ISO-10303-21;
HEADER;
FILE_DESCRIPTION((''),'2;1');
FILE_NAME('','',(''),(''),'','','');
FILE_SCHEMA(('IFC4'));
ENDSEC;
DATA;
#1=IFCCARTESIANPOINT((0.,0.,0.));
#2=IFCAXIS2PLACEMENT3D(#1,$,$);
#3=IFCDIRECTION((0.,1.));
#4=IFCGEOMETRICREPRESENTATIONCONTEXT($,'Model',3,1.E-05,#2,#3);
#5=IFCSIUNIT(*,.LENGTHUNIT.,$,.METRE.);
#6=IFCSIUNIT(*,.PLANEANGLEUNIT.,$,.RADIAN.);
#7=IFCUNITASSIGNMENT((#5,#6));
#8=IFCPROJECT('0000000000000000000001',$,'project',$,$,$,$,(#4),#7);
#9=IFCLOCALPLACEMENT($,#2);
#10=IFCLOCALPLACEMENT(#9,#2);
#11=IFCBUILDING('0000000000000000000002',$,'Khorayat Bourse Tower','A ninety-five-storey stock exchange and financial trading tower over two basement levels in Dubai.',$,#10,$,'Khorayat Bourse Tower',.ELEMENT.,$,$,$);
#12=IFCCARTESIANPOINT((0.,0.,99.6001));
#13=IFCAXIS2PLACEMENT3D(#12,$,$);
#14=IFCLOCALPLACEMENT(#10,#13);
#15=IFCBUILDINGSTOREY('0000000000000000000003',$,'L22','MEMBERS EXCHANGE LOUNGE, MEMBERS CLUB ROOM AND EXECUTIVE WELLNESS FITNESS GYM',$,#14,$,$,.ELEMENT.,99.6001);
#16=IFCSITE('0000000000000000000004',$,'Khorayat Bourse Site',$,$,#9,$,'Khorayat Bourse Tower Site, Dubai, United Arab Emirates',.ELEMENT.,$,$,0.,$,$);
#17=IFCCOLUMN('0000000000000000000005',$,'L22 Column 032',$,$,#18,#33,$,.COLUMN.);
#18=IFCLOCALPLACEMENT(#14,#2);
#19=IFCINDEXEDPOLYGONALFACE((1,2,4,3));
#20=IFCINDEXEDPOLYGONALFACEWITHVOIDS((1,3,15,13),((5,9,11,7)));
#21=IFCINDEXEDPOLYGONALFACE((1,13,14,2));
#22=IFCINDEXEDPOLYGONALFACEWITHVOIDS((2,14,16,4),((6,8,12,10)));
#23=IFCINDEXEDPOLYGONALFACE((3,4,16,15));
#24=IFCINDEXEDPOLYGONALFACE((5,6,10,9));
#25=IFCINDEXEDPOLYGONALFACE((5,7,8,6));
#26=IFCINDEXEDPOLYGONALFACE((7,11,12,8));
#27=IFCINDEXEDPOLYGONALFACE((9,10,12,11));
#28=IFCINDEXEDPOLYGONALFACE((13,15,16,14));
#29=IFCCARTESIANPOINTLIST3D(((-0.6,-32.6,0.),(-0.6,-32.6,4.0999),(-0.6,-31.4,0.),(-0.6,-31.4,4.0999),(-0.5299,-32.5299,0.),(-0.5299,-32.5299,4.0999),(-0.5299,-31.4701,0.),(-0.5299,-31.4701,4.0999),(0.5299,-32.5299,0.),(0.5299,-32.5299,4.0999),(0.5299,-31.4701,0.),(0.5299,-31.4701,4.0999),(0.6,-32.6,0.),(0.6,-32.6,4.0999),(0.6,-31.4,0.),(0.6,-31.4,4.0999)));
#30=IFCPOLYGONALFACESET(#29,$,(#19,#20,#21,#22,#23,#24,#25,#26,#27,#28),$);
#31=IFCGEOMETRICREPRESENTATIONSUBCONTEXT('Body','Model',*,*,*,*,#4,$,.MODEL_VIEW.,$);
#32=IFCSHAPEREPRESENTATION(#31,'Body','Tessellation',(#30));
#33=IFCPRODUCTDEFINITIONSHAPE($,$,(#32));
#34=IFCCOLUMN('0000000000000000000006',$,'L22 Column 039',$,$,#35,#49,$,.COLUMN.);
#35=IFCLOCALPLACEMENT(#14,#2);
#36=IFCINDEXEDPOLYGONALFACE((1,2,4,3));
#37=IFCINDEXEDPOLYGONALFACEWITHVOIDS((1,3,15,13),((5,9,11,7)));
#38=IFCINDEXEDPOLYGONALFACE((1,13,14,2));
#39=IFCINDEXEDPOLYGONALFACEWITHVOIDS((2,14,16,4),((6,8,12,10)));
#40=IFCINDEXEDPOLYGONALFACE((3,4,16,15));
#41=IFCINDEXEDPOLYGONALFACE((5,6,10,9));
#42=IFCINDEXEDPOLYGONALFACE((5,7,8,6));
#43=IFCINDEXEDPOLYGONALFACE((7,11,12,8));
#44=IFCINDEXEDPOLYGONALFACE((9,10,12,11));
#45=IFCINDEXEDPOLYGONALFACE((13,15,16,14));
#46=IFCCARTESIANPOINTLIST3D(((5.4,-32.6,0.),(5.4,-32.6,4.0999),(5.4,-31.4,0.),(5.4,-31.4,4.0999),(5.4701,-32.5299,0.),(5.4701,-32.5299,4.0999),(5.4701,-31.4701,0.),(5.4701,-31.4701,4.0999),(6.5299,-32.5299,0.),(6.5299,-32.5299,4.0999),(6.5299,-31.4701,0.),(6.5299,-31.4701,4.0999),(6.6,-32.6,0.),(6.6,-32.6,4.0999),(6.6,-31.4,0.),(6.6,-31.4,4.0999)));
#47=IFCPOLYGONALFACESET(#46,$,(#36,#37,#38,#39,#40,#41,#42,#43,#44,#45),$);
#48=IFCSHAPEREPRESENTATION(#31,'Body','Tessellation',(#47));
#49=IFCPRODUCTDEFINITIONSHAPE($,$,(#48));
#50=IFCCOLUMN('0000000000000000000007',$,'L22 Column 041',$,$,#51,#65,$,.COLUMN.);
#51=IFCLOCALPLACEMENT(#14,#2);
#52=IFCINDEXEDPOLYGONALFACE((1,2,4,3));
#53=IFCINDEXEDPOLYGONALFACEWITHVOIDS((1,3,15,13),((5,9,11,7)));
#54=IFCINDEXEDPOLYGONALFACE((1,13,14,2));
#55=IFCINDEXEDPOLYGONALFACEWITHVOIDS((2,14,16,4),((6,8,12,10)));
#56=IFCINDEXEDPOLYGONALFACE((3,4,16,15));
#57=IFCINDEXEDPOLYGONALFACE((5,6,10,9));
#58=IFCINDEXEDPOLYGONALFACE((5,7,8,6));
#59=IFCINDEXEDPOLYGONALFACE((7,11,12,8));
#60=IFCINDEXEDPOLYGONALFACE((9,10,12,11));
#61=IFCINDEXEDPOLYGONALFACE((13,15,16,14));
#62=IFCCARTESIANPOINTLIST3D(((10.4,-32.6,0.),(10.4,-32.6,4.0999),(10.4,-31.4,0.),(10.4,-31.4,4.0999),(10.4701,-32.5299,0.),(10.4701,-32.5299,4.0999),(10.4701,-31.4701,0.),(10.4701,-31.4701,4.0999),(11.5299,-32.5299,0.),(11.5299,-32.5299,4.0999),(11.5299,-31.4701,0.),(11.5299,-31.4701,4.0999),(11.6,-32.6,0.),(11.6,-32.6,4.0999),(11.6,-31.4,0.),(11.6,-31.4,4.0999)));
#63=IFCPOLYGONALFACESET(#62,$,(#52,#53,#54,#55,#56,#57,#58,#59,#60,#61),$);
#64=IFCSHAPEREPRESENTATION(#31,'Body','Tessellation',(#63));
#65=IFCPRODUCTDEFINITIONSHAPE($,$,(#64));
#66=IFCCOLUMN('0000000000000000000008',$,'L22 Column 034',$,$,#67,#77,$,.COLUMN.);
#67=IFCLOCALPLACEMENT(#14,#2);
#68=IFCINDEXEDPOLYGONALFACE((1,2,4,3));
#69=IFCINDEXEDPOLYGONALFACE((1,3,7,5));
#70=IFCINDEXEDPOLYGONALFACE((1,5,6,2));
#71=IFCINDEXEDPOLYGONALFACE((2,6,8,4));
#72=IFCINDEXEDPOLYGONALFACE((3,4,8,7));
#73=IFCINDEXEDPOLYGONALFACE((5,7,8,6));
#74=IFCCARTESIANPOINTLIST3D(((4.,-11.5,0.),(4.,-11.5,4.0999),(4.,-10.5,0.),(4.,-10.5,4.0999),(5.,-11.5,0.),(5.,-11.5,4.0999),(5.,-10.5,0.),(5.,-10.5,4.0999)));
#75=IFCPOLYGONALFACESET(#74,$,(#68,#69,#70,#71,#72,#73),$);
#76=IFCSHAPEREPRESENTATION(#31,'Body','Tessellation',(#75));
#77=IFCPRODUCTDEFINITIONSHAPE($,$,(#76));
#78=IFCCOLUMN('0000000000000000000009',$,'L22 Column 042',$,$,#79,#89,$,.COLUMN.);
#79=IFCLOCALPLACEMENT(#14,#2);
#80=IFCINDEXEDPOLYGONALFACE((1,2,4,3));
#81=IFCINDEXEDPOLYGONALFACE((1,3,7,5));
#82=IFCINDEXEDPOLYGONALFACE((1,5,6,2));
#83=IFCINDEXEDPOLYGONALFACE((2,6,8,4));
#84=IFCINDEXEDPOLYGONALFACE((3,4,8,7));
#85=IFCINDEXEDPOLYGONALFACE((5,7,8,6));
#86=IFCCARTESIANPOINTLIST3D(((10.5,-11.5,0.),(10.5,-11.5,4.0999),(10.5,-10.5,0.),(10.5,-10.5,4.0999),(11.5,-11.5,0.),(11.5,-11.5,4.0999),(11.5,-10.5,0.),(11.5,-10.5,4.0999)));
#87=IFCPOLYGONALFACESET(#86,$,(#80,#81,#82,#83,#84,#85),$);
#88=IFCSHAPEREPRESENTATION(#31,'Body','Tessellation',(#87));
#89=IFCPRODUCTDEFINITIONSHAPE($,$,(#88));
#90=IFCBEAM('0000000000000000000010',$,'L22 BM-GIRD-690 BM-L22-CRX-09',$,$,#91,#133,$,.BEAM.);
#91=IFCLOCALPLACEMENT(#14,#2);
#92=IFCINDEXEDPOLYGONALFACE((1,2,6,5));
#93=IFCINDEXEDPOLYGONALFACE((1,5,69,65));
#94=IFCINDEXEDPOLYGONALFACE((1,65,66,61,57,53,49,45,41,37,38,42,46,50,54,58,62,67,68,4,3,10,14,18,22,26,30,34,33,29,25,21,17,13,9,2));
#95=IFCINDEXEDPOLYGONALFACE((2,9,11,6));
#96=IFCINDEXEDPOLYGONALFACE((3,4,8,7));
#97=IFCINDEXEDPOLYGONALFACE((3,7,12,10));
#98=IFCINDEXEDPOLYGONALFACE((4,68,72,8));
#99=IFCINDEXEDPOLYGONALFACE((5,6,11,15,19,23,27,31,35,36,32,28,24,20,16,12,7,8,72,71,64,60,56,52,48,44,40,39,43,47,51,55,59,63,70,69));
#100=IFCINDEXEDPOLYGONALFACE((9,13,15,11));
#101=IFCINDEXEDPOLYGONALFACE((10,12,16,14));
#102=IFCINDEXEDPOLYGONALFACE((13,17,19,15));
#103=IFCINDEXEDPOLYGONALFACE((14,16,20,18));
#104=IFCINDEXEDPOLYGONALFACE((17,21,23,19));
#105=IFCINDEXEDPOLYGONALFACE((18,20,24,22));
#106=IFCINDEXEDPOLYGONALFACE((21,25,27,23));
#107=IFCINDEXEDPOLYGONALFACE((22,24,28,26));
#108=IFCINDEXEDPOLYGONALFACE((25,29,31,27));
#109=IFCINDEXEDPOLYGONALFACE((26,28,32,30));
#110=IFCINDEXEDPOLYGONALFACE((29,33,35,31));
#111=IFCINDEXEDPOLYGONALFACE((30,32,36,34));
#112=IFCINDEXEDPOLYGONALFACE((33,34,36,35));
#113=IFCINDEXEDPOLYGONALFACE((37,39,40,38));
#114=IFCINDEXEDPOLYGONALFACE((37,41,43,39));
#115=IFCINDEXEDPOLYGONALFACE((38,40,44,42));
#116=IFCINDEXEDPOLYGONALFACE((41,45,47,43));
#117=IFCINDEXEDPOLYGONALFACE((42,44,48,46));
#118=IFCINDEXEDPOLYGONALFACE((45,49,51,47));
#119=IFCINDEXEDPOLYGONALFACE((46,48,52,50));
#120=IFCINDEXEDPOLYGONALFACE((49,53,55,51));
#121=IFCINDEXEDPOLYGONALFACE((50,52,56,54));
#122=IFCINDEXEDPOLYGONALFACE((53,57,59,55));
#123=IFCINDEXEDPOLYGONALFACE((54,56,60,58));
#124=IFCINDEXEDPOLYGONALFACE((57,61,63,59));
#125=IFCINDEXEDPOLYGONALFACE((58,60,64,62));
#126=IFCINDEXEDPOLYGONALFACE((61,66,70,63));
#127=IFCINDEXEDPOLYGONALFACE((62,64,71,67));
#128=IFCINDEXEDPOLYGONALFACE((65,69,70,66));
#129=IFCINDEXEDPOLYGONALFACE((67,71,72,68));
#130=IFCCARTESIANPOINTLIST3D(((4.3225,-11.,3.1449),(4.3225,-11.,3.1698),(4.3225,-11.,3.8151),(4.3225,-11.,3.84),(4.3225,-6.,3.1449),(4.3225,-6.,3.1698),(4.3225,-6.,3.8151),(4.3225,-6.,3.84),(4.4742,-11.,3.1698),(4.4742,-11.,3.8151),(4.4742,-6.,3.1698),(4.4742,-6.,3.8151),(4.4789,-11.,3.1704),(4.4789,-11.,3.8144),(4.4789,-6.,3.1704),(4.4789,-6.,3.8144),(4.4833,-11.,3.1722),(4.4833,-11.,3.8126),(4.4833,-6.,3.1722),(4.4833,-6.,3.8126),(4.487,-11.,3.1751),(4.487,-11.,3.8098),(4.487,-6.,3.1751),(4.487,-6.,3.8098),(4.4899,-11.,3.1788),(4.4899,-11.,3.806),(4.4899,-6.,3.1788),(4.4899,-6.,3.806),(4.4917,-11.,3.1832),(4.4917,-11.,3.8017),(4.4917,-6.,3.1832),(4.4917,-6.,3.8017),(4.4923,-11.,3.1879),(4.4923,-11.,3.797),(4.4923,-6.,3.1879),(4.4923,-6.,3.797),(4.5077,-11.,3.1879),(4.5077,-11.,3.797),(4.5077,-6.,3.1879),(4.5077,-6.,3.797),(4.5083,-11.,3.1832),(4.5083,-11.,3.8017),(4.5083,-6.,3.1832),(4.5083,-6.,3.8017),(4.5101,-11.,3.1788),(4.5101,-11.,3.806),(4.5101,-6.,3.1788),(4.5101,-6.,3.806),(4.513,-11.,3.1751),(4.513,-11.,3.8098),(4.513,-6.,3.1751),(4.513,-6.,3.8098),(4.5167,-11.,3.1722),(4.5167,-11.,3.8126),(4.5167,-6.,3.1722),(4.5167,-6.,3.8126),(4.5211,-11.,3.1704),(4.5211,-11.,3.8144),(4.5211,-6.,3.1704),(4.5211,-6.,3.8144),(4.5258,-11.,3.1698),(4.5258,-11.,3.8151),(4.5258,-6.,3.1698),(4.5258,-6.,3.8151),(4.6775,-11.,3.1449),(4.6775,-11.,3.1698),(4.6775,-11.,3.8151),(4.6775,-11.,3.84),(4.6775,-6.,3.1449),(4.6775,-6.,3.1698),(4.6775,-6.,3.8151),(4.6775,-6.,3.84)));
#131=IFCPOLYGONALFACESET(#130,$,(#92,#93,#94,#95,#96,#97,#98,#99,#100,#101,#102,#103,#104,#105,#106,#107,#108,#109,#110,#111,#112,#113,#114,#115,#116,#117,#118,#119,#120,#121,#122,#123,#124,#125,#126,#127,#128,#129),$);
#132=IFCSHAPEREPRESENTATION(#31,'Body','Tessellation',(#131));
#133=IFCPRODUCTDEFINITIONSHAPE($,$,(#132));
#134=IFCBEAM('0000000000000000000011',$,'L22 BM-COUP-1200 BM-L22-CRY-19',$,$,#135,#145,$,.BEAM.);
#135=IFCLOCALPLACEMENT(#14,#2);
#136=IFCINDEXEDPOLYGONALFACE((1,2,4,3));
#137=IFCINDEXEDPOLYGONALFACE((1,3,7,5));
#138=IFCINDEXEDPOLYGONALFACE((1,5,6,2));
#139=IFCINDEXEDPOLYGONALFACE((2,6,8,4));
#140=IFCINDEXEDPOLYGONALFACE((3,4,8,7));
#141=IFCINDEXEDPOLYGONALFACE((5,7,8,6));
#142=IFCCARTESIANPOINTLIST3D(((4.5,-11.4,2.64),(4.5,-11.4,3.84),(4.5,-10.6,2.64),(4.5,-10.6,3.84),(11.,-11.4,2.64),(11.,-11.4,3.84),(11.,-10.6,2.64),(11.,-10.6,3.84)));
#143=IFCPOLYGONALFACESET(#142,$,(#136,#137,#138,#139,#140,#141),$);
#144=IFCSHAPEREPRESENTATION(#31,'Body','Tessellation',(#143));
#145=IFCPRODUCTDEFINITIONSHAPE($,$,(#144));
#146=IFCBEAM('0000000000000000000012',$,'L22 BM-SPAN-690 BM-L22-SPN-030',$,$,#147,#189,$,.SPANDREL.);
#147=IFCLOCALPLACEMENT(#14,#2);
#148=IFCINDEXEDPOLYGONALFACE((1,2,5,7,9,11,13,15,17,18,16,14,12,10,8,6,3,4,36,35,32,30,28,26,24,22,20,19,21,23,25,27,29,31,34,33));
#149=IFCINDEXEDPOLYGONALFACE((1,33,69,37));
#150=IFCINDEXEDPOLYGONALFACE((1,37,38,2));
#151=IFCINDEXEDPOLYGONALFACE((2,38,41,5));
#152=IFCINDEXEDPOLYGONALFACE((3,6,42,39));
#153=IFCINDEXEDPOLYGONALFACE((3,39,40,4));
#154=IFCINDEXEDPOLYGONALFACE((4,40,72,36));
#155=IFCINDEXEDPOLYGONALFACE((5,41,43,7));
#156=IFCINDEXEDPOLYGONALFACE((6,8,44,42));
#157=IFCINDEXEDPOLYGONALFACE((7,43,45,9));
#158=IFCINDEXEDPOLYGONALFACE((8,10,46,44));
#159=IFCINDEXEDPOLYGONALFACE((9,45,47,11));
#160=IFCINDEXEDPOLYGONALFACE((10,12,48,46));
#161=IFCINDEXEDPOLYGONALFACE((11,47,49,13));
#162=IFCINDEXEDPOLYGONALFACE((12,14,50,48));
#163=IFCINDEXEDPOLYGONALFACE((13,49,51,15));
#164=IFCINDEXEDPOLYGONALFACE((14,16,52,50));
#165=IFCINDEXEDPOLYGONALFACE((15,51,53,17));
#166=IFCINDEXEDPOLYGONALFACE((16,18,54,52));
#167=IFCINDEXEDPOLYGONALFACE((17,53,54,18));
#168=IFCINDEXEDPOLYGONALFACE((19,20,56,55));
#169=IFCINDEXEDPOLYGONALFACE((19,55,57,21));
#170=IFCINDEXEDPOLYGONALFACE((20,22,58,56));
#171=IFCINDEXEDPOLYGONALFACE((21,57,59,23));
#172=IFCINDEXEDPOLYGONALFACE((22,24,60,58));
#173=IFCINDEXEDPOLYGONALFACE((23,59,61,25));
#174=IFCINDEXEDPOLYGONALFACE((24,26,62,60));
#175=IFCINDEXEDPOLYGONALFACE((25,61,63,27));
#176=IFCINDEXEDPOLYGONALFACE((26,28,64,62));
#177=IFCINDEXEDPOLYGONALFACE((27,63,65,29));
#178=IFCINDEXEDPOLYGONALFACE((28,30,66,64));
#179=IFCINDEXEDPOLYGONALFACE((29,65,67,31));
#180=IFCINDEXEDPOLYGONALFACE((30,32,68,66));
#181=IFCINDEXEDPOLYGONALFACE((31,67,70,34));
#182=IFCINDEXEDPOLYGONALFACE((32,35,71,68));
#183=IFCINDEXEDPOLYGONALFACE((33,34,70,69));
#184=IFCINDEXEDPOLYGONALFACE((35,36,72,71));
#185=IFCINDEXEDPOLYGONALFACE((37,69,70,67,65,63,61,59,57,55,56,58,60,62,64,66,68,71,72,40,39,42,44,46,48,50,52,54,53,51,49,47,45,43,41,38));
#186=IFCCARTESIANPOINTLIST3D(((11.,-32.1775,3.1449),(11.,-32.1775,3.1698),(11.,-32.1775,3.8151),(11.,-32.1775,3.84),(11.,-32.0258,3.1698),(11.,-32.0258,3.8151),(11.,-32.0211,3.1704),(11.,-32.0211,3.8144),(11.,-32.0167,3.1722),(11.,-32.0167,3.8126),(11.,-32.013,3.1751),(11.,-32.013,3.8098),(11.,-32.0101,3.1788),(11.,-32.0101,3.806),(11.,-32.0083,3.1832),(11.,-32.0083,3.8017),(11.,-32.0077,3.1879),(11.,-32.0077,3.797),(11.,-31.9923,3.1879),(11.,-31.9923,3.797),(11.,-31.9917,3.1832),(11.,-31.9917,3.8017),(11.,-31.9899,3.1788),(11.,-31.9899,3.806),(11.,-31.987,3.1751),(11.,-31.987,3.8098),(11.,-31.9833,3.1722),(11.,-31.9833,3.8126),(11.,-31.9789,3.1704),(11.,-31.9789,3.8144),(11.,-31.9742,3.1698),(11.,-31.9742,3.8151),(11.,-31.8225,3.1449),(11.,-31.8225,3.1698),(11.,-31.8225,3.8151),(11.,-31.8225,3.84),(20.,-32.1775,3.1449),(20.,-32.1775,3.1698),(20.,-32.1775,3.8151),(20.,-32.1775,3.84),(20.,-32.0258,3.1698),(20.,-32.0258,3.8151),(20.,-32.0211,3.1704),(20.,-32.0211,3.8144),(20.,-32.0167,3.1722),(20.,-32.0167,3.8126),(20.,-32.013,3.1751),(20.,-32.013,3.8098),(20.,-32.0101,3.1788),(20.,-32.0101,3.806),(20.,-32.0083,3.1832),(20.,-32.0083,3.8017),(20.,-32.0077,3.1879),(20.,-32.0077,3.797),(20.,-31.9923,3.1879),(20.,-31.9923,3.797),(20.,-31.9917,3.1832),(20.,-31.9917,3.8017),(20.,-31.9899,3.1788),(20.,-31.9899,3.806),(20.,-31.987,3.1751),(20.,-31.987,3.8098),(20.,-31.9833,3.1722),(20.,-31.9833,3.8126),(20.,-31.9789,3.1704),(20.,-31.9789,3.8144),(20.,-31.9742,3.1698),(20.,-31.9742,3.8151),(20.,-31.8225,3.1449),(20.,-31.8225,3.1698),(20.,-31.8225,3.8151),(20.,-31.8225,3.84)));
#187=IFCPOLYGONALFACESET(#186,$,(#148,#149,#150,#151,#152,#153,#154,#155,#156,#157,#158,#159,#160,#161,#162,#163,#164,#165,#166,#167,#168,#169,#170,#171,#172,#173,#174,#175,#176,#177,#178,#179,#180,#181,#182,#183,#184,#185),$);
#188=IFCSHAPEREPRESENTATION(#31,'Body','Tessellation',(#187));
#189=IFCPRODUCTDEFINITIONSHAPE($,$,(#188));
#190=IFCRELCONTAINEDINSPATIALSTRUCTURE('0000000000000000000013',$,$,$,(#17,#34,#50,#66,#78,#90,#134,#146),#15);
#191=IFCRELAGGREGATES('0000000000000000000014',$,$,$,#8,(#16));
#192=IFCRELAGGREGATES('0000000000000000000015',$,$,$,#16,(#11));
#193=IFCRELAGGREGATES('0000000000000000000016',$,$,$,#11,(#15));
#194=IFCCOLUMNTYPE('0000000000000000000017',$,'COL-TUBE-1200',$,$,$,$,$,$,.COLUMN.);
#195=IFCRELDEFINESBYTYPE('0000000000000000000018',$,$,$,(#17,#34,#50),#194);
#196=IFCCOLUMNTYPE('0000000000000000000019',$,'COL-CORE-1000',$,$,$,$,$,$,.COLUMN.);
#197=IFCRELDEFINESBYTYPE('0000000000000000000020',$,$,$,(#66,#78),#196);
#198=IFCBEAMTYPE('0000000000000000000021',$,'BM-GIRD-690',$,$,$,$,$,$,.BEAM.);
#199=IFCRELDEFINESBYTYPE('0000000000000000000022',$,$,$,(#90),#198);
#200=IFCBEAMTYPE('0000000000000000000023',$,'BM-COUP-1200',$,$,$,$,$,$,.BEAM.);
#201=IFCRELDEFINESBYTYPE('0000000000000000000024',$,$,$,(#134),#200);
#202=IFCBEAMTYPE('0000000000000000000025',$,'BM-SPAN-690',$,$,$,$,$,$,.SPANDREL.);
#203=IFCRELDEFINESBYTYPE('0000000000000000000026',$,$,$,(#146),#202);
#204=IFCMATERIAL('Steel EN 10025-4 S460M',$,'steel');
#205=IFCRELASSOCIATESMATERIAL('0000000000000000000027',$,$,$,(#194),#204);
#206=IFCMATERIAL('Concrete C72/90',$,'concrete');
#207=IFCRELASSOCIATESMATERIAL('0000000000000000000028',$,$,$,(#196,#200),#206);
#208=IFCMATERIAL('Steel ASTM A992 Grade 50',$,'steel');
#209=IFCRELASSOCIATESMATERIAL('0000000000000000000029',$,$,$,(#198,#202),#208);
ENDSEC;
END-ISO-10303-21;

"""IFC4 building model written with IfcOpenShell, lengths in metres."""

from ifc_helpers import new_model, si_unit, direction, frame, origin, origin_2d, place, context, subcontext, project, spatial, rectangle, hollow_rectangle, i_section, extrude, source, transform, mapped, material, material_profile, profile_set, type_object, element, save


model = new_model("IFC4")

# Units and contexts
model_context = context("Model", 3, precision=1e-05, world=origin(), true_north=direction((0.0, 1.0)))
body_context = subcontext(model_context, "Body", "Model", "MODEL_VIEW")
ifc_project = project(units=[si_unit("LENGTHUNIT", "METRE"), si_unit("PLANEANGLEUNIT", "RADIAN")], contexts=[model_context])

# Site, building, storey
site_placement = place(None, origin())
site = spatial("IfcSite", under=ifc_project, at=site_placement, Name="Khorayat Bourse Site", LongName="Khorayat Bourse Tower Site, Dubai, United Arab Emirates", CompositionType="ELEMENT", RefElevation=0.0)
building_placement = place(site_placement, origin())
building = spatial("IfcBuilding", under=site, at=building_placement, Name="Khorayat Bourse Tower", Description="A ninety-five-storey stock exchange and financial trading tower over two basement levels in Dubai.", LongName="Khorayat Bourse Tower", CompositionType="ELEMENT")
storey_placement = place(building_placement, frame((0.0, 0.0, 99.6001)))
storey = spatial("IfcBuildingStorey", under=building, at=storey_placement, Name="L22", Description="MEMBERS EXCHANGE LOUNGE, MEMBERS CLUB ROOM AND EXECUTIVE WELLNESS FITNESS GYM", CompositionType="ELEMENT", Elevation=99.6001)

# Columns
ifc_material_1 = material(Name="Steel EN 10025-4 S460M", Category="steel")
ifc_material_profile_1 = material_profile(ifc_material_1, hollow_rectangle(XDim=1.2, YDim=1.2, WallThickness=0.0701, at=origin_2d()), Name="BOX 1200x1200x70")
ifc_profile_set_1 = profile_set([ifc_material_profile_1], Name="Steel EN 10025-4 S460M")
column_type_1 = type_object("IfcColumnType", Name="COL-TUBE-1200", PredefinedType="COLUMN", material=ifc_profile_set_1)
shared_shape_1 = source(origin(), body_context, "Body", "SweptSolid", [
    extrude(hollow_rectangle(XDim=1.2, YDim=1.2, WallThickness=0.0701, at=origin_2d()), origin(), (0.0, 0.0, 1.0), 4.0999),
])
for number, where, z_axis, x_axis, name in (
    (1, (0.0, -32.0, 0.0), (0.0, 0.0, 1.0), (1.0, 0.0, 0.0), "L22 Column 032"),
    (2, (6.0, -32.0, 0.0), (0.0, 0.0, 1.0), (1.0, 0.0, 0.0), "L22 Column 039"),
    (3, (11.0, -32.0, 0.0), (0.0, 0.0, 1.0), (1.0, 0.0, 0.0), "L22 Column 041"),
):
    element("IfcColumn", number, at=place(storey_placement, frame(where, z_axis=z_axis, x_axis=x_axis)), inside=storey, type_object=column_type_1, Name=name, PredefinedType="COLUMN", context=body_context, shape_type="MappedRepresentation", body=[
        mapped(shared_shape_1, transform((0.0, 0.0, 0.0), scale=1.0)),
    ])
ifc_material_2 = material(Name="Concrete C72/90", Category="concrete")
ifc_material_profile_2 = material_profile(ifc_material_2, rectangle(XDim=1.0, YDim=1.0, at=origin_2d()), Name="RC 1000x1000")
ifc_profile_set_2 = profile_set([ifc_material_profile_2], Name="Concrete C72/90")
column_type_2 = type_object("IfcColumnType", Name="COL-CORE-1000", PredefinedType="COLUMN", material=ifc_profile_set_2)
shared_shape_2 = source(origin(), body_context, "Body", "SweptSolid", [
    extrude(rectangle(XDim=1.0, YDim=1.0, at=origin_2d()), origin(), (0.0, 0.0, 1.0), 4.0999),
])
for number, where, z_axis, x_axis, name in (
    (4, (4.5, -11.0, 0.0), (0.0, 0.0, 1.0), (1.0, 0.0, 0.0), "L22 Column 034"),
    (5, (11.0, -11.0, 0.0), (0.0, 0.0, 1.0), (1.0, 0.0, 0.0), "L22 Column 042"),
):
    element("IfcColumn", number, at=place(storey_placement, frame(where, z_axis=z_axis, x_axis=x_axis)), inside=storey, type_object=column_type_2, Name=name, PredefinedType="COLUMN", context=body_context, shape_type="MappedRepresentation", body=[
        mapped(shared_shape_2, transform((0.0, 0.0, 0.0), scale=1.0)),
    ])

# Beams
ifc_material_3 = material(Name="Steel ASTM A992 Grade 50", Category="steel")
ifc_material_profile_3 = material_profile(ifc_material_3, i_section(OverallWidth=0.355, OverallDepth=0.6951, WebThickness=0.0154, FlangeThickness=0.0249, FilletRadius=0.0181, at=origin_2d()), Name="W690X217")
ifc_profile_set_3 = profile_set([ifc_material_profile_3], Name="Steel ASTM A992 Grade 50")
beam_type_1 = type_object("IfcBeamType", Name="BM-GIRD-690", PredefinedType="BEAM", material=ifc_profile_set_3)
shared_shape_3 = source(origin(), body_context, "Body", "SweptSolid", [
    extrude(i_section(OverallWidth=0.355, OverallDepth=0.6951, WebThickness=0.0154, FlangeThickness=0.0249, FilletRadius=0.0181, at=origin_2d()), origin(), (0.0, 0.0, 1.0), 5.0),
])
beam_1_placement = place(storey_placement, frame((4.5, -11.0, 3.4924), z_axis=(0.0, 1.0, 0.0), x_axis=(-1.0, 0.0, 0.0)))
element("IfcBeam", 6, at=beam_1_placement, inside=storey, type_object=beam_type_1, Name="L22 BM-GIRD-690 BM-L22-CRX-09", PredefinedType="BEAM", context=body_context, shape_type="MappedRepresentation", body=[
    mapped(shared_shape_3, transform((0.0, 0.0, 0.0), scale=1.0)),
])
ifc_material_profile_4 = material_profile(ifc_material_2, rectangle(XDim=0.8, YDim=1.2, at=origin_2d()), Name="RC 800x1200")
ifc_profile_set_4 = profile_set([ifc_material_profile_4], Name="Concrete C72/90")
beam_type_2 = type_object("IfcBeamType", Name="BM-COUP-1200", PredefinedType="BEAM", material=ifc_profile_set_4)
shared_shape_4 = source(origin(), body_context, "Body", "SweptSolid", [
    extrude(rectangle(XDim=0.8, YDim=1.2, at=origin_2d()), origin(), (0.0, 0.0, 1.0), 6.5),
])
beam_2_placement = place(storey_placement, frame((4.5, -11.0, 3.24), z_axis=(1.0, 0.0, 0.0), x_axis=(0.0, 1.0, 0.0)))
element("IfcBeam", 7, at=beam_2_placement, inside=storey, type_object=beam_type_2, Name="L22 BM-COUP-1200 BM-L22-CRY-19", PredefinedType="BEAM", context=body_context, shape_type="MappedRepresentation", body=[
    mapped(shared_shape_4, transform((0.0, 0.0, 0.0), scale=1.0)),
])
ifc_material_profile_5 = material_profile(ifc_material_3, i_section(OverallWidth=0.355, OverallDepth=0.6951, WebThickness=0.0154, FlangeThickness=0.0249, FilletRadius=0.0181, at=origin_2d()), Name="W690X217")
ifc_profile_set_5 = profile_set([ifc_material_profile_5], Name="Steel ASTM A992 Grade 50")
beam_type_3 = type_object("IfcBeamType", Name="BM-SPAN-690", PredefinedType="SPANDREL", material=ifc_profile_set_5)
shared_shape_5 = source(origin(), body_context, "Body", "SweptSolid", [
    extrude(i_section(OverallWidth=0.355, OverallDepth=0.6951, WebThickness=0.0154, FlangeThickness=0.0249, FilletRadius=0.0181, at=origin_2d()), origin(), (0.0, 0.0, 1.0), 9.0),
])
beam_3_placement = place(storey_placement, frame((11.0, -32.0, 3.4924), z_axis=(1.0, 0.0, 0.0), x_axis=(0.0, 1.0, 0.0)))
element("IfcBeam", 8, at=beam_3_placement, inside=storey, type_object=beam_type_3, Name="L22 BM-SPAN-690 BM-L22-SPN-030", PredefinedType="SPANDREL", context=body_context, shape_type="MappedRepresentation", body=[
    mapped(shared_shape_5, transform((0.0, 0.0, 0.0), scale=1.0)),
])

save(model, "model.ifc")
